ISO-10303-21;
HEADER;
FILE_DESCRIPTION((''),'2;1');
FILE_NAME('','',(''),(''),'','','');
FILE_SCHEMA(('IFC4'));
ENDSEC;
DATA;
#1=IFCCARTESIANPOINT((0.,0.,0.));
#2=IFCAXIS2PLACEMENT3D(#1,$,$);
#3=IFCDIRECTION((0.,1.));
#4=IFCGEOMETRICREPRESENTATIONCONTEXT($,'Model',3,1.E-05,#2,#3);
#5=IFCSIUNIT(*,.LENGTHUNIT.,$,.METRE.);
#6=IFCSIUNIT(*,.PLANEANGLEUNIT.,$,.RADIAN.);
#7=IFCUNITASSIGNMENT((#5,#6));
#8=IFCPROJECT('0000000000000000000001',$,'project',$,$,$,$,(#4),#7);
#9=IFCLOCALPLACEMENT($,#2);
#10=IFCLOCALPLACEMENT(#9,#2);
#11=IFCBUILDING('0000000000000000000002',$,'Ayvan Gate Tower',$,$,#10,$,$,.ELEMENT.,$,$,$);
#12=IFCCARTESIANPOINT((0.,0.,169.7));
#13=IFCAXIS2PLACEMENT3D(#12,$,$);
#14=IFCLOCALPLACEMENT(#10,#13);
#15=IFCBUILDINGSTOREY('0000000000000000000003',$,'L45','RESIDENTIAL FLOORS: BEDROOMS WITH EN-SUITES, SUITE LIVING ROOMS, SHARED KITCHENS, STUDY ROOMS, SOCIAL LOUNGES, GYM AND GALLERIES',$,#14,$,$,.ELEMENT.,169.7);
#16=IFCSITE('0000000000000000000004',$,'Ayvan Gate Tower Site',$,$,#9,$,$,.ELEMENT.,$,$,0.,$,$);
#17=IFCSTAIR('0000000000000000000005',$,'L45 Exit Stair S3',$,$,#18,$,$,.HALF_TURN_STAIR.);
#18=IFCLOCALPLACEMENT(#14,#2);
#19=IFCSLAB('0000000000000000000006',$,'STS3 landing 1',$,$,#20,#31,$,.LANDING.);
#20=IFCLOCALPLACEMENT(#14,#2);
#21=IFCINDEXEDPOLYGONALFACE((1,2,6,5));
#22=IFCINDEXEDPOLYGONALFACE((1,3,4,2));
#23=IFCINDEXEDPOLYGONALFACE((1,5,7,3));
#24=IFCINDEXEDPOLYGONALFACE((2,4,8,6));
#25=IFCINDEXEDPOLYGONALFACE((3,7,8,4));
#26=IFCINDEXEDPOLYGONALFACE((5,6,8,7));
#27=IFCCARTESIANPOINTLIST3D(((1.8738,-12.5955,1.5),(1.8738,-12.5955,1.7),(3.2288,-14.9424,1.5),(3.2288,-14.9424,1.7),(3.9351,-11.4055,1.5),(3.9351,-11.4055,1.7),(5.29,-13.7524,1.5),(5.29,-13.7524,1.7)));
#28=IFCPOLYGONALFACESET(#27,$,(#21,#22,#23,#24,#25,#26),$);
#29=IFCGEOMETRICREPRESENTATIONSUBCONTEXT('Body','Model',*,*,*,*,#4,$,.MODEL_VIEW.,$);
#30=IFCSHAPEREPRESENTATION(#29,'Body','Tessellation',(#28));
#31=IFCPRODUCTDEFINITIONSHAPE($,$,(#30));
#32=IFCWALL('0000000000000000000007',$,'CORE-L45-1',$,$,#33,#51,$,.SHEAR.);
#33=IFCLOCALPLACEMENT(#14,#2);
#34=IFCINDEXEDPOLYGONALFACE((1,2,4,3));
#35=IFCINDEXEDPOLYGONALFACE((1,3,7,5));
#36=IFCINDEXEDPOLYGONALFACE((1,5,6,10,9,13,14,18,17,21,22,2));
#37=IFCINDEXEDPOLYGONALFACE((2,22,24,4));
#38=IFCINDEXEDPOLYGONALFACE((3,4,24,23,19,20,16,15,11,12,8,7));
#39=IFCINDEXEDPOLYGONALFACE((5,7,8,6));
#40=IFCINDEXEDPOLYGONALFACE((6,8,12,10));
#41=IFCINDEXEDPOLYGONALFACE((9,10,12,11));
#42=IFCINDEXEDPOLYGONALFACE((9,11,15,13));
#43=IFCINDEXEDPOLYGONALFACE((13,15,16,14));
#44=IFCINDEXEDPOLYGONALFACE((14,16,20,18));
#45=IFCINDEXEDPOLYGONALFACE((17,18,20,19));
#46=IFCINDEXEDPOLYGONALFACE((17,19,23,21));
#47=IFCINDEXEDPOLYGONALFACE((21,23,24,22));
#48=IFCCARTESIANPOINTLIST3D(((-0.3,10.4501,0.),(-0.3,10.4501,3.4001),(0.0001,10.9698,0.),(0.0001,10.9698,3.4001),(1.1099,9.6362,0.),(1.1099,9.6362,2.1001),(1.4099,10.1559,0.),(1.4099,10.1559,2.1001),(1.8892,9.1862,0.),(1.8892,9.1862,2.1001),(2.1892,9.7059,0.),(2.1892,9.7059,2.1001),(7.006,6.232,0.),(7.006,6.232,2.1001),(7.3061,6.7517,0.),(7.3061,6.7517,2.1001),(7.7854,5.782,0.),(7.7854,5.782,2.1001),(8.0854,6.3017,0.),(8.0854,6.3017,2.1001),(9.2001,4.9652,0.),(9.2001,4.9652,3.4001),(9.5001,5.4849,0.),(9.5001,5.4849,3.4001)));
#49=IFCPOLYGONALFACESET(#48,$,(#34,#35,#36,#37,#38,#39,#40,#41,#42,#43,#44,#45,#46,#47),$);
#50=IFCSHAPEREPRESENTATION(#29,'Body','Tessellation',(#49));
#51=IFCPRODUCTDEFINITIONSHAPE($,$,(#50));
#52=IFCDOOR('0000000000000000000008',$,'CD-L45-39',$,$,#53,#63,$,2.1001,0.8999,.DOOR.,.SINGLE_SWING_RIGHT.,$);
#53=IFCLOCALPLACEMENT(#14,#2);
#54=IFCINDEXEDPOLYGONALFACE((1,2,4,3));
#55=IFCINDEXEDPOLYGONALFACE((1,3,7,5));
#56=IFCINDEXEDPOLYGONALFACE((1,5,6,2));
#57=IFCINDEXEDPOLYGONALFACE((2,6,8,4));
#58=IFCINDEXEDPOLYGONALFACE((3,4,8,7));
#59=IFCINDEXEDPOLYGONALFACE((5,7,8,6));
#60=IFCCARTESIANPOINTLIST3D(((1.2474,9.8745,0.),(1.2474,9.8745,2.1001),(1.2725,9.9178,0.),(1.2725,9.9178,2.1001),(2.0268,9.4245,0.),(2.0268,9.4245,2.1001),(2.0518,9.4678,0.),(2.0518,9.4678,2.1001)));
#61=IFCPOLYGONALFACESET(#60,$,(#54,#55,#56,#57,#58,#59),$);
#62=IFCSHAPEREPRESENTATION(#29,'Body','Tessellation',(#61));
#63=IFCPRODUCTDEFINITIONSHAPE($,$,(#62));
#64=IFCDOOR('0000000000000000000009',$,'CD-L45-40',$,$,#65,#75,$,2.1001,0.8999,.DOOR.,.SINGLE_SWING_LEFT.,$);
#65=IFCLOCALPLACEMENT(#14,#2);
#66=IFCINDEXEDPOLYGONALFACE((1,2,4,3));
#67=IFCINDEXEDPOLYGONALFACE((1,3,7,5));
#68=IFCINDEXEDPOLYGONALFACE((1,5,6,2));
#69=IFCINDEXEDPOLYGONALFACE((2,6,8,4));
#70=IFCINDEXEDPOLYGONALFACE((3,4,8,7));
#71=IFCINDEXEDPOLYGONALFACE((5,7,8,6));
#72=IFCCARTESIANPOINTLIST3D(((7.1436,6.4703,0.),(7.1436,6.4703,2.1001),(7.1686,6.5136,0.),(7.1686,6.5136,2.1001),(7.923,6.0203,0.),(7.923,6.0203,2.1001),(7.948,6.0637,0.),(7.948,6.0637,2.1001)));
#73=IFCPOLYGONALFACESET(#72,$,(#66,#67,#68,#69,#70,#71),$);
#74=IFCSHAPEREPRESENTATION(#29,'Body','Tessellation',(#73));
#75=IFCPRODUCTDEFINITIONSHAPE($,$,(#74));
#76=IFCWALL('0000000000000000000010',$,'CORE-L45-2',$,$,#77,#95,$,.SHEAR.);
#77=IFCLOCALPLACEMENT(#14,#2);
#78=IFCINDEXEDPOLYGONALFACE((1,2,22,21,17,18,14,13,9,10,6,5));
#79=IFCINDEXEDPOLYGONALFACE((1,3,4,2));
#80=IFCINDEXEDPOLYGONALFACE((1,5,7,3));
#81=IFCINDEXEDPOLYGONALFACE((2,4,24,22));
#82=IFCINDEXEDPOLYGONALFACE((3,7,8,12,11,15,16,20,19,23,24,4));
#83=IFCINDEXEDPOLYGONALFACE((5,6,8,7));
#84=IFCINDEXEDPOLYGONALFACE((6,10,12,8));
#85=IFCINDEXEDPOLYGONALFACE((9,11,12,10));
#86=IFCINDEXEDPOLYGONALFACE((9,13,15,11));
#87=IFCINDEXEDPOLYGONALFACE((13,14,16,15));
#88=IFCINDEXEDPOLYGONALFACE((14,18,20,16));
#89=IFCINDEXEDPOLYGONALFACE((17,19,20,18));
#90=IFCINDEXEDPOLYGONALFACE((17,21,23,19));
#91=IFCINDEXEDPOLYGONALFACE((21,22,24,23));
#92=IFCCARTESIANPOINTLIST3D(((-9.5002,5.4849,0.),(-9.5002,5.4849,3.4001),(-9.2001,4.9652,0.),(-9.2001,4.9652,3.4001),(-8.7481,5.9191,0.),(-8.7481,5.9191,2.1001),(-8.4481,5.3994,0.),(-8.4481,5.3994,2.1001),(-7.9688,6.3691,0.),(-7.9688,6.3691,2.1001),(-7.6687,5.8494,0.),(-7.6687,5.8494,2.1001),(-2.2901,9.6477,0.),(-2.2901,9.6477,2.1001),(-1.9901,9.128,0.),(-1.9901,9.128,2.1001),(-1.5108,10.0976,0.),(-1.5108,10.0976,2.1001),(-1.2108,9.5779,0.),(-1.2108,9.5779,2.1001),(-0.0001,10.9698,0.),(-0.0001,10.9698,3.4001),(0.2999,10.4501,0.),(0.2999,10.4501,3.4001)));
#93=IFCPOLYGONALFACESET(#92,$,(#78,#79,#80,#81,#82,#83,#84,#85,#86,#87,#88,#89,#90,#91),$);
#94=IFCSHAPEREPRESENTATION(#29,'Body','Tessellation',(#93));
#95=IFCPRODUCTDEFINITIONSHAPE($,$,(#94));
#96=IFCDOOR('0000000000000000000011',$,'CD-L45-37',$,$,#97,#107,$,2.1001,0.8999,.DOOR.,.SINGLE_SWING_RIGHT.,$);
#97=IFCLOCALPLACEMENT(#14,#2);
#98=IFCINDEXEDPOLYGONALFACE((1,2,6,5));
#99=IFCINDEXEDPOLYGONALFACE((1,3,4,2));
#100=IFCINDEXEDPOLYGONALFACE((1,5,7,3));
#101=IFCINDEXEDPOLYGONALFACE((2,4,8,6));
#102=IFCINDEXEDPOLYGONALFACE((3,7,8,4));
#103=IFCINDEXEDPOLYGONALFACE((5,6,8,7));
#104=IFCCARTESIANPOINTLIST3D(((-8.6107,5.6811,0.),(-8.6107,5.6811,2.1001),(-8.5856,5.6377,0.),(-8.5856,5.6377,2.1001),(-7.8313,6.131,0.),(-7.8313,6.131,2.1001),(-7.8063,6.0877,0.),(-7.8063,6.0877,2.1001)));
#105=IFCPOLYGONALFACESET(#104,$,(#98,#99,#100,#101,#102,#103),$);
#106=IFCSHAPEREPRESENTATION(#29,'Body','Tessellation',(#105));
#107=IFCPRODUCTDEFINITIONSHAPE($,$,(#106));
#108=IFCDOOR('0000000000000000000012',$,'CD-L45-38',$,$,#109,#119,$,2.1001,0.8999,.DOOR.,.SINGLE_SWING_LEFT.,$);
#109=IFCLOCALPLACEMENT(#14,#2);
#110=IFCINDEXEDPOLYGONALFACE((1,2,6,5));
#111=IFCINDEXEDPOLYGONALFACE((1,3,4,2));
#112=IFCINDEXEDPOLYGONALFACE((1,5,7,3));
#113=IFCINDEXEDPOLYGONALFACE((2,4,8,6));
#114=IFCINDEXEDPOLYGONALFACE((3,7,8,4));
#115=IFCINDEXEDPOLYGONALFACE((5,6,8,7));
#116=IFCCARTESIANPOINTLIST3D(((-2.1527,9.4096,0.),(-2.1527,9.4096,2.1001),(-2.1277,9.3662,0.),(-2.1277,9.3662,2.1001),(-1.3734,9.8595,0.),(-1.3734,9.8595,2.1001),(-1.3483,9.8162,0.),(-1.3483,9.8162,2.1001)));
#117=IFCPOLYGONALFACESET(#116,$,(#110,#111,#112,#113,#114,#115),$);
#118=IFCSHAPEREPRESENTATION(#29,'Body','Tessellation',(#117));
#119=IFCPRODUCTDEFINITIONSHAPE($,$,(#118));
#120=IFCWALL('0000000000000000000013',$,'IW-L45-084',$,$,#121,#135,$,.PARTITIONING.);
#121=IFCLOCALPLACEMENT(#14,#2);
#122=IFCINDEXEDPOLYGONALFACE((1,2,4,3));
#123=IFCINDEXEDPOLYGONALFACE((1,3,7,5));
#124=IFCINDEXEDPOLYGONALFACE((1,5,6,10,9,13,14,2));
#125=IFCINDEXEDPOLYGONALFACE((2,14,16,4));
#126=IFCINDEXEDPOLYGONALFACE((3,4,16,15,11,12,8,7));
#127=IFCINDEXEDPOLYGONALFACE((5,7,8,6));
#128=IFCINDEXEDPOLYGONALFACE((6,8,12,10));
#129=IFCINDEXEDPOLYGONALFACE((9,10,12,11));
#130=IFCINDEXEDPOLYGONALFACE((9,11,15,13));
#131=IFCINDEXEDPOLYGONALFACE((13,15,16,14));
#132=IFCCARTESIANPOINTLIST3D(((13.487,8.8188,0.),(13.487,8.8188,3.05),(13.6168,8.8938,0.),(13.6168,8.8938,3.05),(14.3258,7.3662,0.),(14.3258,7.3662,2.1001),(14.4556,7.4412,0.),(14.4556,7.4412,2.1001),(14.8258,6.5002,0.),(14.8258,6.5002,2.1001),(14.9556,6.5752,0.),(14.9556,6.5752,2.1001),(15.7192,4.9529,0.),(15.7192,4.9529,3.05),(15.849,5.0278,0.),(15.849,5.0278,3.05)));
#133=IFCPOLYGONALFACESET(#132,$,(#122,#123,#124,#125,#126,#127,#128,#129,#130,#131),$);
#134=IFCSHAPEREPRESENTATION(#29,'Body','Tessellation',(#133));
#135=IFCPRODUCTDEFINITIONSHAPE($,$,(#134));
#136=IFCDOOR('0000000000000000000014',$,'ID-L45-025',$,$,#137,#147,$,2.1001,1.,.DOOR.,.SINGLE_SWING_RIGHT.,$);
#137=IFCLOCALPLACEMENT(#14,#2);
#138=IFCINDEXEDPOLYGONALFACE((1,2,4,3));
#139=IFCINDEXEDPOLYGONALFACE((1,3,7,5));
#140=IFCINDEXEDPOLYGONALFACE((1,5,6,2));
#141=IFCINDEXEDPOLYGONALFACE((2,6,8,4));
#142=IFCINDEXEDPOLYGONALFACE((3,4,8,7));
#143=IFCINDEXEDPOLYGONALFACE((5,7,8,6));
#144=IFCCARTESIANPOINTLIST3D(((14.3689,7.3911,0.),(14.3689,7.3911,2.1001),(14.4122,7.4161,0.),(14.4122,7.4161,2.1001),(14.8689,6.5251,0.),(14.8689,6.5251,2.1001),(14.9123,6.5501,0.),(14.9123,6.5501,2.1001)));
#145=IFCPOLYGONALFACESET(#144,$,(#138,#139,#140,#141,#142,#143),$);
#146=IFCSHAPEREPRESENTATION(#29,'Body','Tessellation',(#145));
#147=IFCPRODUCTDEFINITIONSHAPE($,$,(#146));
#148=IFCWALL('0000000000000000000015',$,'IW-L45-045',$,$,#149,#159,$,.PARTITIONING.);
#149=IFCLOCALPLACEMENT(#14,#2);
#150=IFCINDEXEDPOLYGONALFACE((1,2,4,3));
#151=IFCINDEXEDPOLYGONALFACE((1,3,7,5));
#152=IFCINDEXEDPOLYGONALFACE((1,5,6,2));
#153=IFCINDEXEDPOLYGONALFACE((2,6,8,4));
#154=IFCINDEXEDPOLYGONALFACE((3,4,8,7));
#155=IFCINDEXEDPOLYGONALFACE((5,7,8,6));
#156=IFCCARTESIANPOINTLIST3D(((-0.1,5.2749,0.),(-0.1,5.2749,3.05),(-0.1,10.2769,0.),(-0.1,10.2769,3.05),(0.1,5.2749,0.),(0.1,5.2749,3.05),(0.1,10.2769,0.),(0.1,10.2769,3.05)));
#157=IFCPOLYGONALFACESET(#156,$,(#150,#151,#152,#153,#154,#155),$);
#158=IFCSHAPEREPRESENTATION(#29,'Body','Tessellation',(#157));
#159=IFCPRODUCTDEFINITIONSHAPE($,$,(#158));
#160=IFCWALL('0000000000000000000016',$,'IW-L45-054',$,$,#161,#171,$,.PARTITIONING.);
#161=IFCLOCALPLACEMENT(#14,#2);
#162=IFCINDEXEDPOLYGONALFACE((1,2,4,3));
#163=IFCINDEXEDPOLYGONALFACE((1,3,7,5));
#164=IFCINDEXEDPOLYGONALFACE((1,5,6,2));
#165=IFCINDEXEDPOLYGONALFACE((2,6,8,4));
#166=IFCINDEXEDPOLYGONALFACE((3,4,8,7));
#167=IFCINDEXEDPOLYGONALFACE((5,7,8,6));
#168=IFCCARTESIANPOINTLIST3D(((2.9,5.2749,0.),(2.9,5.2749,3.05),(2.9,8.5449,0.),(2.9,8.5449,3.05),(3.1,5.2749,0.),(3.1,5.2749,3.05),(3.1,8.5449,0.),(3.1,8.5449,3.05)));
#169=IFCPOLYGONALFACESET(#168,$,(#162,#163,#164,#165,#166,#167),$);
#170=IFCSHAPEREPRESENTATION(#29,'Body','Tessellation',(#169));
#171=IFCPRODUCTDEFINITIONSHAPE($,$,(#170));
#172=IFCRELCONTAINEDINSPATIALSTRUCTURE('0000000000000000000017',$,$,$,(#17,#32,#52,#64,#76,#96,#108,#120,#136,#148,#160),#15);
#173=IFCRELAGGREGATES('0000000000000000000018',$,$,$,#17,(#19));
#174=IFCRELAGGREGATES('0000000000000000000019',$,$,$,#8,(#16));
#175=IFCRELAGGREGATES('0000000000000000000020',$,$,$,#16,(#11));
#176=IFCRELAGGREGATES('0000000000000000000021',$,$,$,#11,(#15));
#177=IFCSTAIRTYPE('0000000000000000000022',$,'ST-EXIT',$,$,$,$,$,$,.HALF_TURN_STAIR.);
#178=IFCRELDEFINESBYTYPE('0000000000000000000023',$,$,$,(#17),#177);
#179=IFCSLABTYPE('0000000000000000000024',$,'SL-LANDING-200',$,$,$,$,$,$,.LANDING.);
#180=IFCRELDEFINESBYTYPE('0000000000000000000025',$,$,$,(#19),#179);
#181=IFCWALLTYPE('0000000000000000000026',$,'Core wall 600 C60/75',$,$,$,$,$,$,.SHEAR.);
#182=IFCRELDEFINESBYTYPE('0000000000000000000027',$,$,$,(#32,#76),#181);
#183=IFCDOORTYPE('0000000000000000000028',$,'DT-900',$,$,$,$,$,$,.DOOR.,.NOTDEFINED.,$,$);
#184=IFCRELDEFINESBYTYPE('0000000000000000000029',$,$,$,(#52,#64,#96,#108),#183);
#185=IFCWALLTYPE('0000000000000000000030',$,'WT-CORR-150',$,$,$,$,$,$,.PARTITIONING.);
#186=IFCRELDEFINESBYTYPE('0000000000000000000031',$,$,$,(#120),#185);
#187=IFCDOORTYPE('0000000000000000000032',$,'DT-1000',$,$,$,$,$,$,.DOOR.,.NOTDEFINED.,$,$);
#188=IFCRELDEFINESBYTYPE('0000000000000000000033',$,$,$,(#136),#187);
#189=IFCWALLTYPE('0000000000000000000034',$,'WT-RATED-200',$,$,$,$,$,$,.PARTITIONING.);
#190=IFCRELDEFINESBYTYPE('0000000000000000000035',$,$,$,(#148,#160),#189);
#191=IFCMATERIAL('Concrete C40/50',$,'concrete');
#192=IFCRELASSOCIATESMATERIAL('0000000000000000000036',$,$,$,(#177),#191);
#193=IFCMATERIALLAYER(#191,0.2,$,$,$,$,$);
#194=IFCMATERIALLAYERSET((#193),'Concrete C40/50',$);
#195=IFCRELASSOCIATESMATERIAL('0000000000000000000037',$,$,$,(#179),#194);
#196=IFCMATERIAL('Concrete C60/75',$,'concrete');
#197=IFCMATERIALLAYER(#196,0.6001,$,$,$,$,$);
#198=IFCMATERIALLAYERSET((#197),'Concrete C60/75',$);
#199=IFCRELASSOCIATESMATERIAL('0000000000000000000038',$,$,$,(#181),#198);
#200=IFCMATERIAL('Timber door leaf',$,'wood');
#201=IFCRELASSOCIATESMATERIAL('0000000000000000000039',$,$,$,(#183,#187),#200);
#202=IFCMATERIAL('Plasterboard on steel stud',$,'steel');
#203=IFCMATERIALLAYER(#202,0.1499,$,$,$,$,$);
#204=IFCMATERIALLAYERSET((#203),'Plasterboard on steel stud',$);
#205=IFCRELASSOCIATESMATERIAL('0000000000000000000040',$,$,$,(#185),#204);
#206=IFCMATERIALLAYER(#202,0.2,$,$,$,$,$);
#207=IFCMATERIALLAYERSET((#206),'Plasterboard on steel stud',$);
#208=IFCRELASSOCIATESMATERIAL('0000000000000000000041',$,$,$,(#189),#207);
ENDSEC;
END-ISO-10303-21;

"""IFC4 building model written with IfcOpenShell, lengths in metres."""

from ifc_helpers import new_model, si_unit, direction, frame, frame_2d, origin, place, context, subcontext, project, spatial, polyline, rectangle, outline, extrude, material, layer, layer_set, type_object, element, fill, aggregate, save


model = new_model("IFC4")

# Units and contexts
model_context = context("Model", 3, precision=1e-05, world=origin(), true_north=direction((0.0, 1.0)))
body_context = subcontext(model_context, "Body", "Model", "MODEL_VIEW")
ifc_project = project(units=[si_unit("LENGTHUNIT", "METRE"), si_unit("PLANEANGLEUNIT", "RADIAN")], contexts=[model_context])

# Site, building, storey
site_placement = place(None, origin())
site = spatial("IfcSite", under=ifc_project, at=site_placement, Name="Ayvan Gate Tower Site", CompositionType="ELEMENT", RefElevation=0.0)
building_placement = place(site_placement, origin())
building = spatial("IfcBuilding", under=site, at=building_placement, Name="Ayvan Gate Tower", CompositionType="ELEMENT")
storey_placement = place(building_placement, frame((0.0, 0.0, 169.7)))
storey = spatial("IfcBuildingStorey", under=building, at=storey_placement, Name="L45", Description="RESIDENTIAL FLOORS: BEDROOMS WITH EN-SUITES, SUITE LIVING ROOMS, SHARED KITCHENS, STUDY ROOMS, SOCIAL LOUNGES, GYM AND GALLERIES", CompositionType="ELEMENT", Elevation=169.7)

# Stair, slab
ifc_material_1 = material(Name="Concrete C40/50", Category="concrete")
stair_type = type_object("IfcStairType", Name="ST-EXIT", PredefinedType="HALF_TURN_STAIR", material=ifc_material_1)
stair_placement = place(storey_placement, origin())
stair = element("IfcStair", 1, at=stair_placement, inside=storey, type_object=stair_type, Name="L45 Exit Stair S3", PredefinedType="HALF_TURN_STAIR")
ifc_layer_1 = layer(ifc_material_1, 0.2)
ifc_layer_set_1 = layer_set([ifc_layer_1], Name="Concrete C40/50")
slab_type = type_object("IfcSlabType", Name="SL-LANDING-200", PredefinedType="LANDING", material=ifc_layer_set_1)
slab_placement = place(storey_placement, frame((0.0, 0.0, 1.5)))
slab = element("IfcSlab", 2, at=slab_placement, type_object=slab_type, Name="STS3 landing 1", PredefinedType="LANDING", context=body_context, shape_type="SweptSolid", body=[
    extrude(outline(polyline([(3.9351, -11.4055), (1.8738, -12.5955), (3.2288, -14.9424), (5.29, -13.7524), (3.9351, -11.4055)])), origin(), (0.0, 0.0, 1.0), 0.2),
])
aggregate(stair, [slab])

# Walls, openings, doors
ifc_material_2 = material(Name="Concrete C60/75", Category="concrete")
ifc_layer_2 = layer(ifc_material_2, 0.6001)
ifc_layer_set_2 = layer_set([ifc_layer_2], Name="Concrete C60/75")
wall_type_1 = type_object("IfcWallType", Name="Core wall 600 C60/75", PredefinedType="SHEAR", material=ifc_layer_set_2)
wall_1_placement = place(storey_placement, frame((9.3501, 5.2251, 0.0), z_axis=(0.0, 0.0, 1.0), x_axis=(-0.866024, 0.500002, 0.0)))
wall_1 = element("IfcWall", 3, at=wall_1_placement, inside=storey, type_object=wall_type_1, Name="CORE-L45-1", PredefinedType="SHEAR", context=body_context, shape_type="SweptSolid", body=[
    extrude(rectangle(XDim=10.9697, YDim=0.6001, at=frame_2d((5.4849, 0.0))), origin(), (0.0, 0.0, 1.0), 3.4001),
])
opening_1_placement = place(wall_1_placement, frame((8.4419, 0.0, 0.0)))
opening_1 = element("IfcOpeningElement", 4, at=opening_1_placement, cuts=wall_1, PredefinedType="OPENING", context=body_context, shape_type="SweptSolid", body=[
    extrude(rectangle(XDim=0.8999, YDim=2.1001, at=frame_2d((0.45, 1.05))), frame((0.0, 0.3101, 0.0), z_axis=(0.0, -1.0, 0.0), x_axis=(1.0, 0.0, 0.0)), (0.0, 0.0, 1.0), 0.6201),
])
opening_2_placement = place(wall_1_placement, frame((1.6335, 0.0, 0.0)))
opening_2 = element("IfcOpeningElement", 5, at=opening_2_placement, cuts=wall_1, PredefinedType="OPENING", context=body_context, shape_type="SweptSolid", body=[
    extrude(rectangle(XDim=0.8999, YDim=2.1001, at=frame_2d((0.45, 1.05))), frame((0.0, 0.3101, 0.0), z_axis=(0.0, -1.0, 0.0), x_axis=(1.0, 0.0, 0.0)), (0.0, 0.0, 1.0), 0.6201),
])
ifc_material_3 = material(Name="Timber door leaf", Category="wood")
door_type_1 = type_object("IfcDoorType", Name="DT-900", OperationType="NOTDEFINED", PredefinedType="DOOR", material=ifc_material_3)
door_1_placement = place(opening_1_placement, origin())
door_1 = element("IfcDoor", 6, at=door_1_placement, inside=storey, type_object=door_type_1, Name="CD-L45-39", OperationType="SINGLE_SWING_RIGHT", OverallHeight=2.1001, OverallWidth=0.8999, PredefinedType="DOOR", context=body_context, shape_type="SweptSolid", body=[
    extrude(rectangle(XDim=0.8999, YDim=2.1001, at=frame_2d((0.45, 1.05))), frame((0.0, 0.0249, 0.0), z_axis=(0.0, -1.0, 0.0), x_axis=(1.0, 0.0, 0.0)), (0.0, 0.0, 1.0), 0.05),
])
fill(opening_1, door_1)
door_2_placement = place(opening_2_placement, origin())
door_2 = element("IfcDoor", 7, at=door_2_placement, inside=storey, type_object=door_type_1, Name="CD-L45-40", OperationType="SINGLE_SWING_LEFT", OverallHeight=2.1001, OverallWidth=0.8999, PredefinedType="DOOR", context=body_context, shape_type="SweptSolid", body=[
    extrude(rectangle(XDim=0.8999, YDim=2.1001, at=frame_2d((0.45, 1.05))), frame((0.0, 0.0249, 0.0), z_axis=(0.0, -1.0, 0.0), x_axis=(1.0, 0.0, 0.0)), (0.0, 0.0, 1.0), 0.05),
])
fill(opening_2, door_2)
wall_2_placement = place(storey_placement, frame((0.1499, 10.71, 0.0), z_axis=(0.0, 0.0, 1.0), x_axis=(-0.866024, -0.500002, 0.0)))
wall_2 = element("IfcWall", 8, at=wall_2_placement, inside=storey, type_object=wall_type_1, Name="CORE-L45-2", PredefinedType="SHEAR", context=body_context, shape_type="SweptSolid", body=[
    extrude(rectangle(XDim=10.9697, YDim=0.6001, at=frame_2d((5.4849, 0.0))), origin(), (0.0, 0.0, 1.0), 3.4001),
])
opening_3_placement = place(wall_2_placement, frame((9.2014, 0.0, 0.0)))
opening_3 = element("IfcOpeningElement", 9, at=opening_3_placement, cuts=wall_2, PredefinedType="OPENING", context=body_context, shape_type="SweptSolid", body=[
    extrude(rectangle(XDim=0.8999, YDim=2.1001, at=frame_2d((0.45, 1.05))), frame((0.0, 0.3101, 0.0), z_axis=(0.0, -1.0, 0.0), x_axis=(1.0, 0.0, 0.0)), (0.0, 0.0, 1.0), 0.6201),
])
opening_4_placement = place(wall_2_placement, frame((1.7444, 0.0, 0.0)))
opening_4 = element("IfcOpeningElement", 10, at=opening_4_placement, cuts=wall_2, PredefinedType="OPENING", context=body_context, shape_type="SweptSolid", body=[
    extrude(rectangle(XDim=0.8999, YDim=2.1001, at=frame_2d((0.45, 1.05))), frame((0.0, 0.3101, 0.0), z_axis=(0.0, -1.0, 0.0), x_axis=(1.0, 0.0, 0.0)), (0.0, 0.0, 1.0), 0.6201),
])
door_3_placement = place(opening_3_placement, origin())
door_3 = element("IfcDoor", 11, at=door_3_placement, inside=storey, type_object=door_type_1, Name="CD-L45-37", OperationType="SINGLE_SWING_RIGHT", OverallHeight=2.1001, OverallWidth=0.8999, PredefinedType="DOOR", context=body_context, shape_type="SweptSolid", body=[
    extrude(rectangle(XDim=0.8999, YDim=2.1001, at=frame_2d((0.45, 1.05))), frame((0.0, 0.0249, 0.0), z_axis=(0.0, -1.0, 0.0), x_axis=(1.0, 0.0, 0.0)), (0.0, 0.0, 1.0), 0.05),
])
fill(opening_3, door_3)
door_4_placement = place(opening_4_placement, origin())
door_4 = element("IfcDoor", 12, at=door_4_placement, inside=storey, type_object=door_type_1, Name="CD-L45-38", OperationType="SINGLE_SWING_LEFT", OverallHeight=2.1001, OverallWidth=0.8999, PredefinedType="DOOR", context=body_context, shape_type="SweptSolid", body=[
    extrude(rectangle(XDim=0.8999, YDim=2.1001, at=frame_2d((0.45, 1.05))), frame((0.0, 0.0249, 0.0), z_axis=(0.0, -1.0, 0.0), x_axis=(1.0, 0.0, 0.0)), (0.0, 0.0, 1.0), 0.05),
])
fill(opening_4, door_4)

# Wall, opening, door
ifc_material_4 = material(Name="Plasterboard on steel stud", Category="steel")
ifc_layer_3 = layer(ifc_material_4, 0.1499)
ifc_layer_set_3 = layer_set([ifc_layer_3], Name="Plasterboard on steel stud")
wall_type_2 = type_object("IfcWallType", Name="WT-CORR-150", PredefinedType="PARTITIONING", material=ifc_layer_set_3)
wall_3_placement = place(storey_placement, frame((13.552, 8.8562, 0.0), z_axis=(0.0, 0.0, 1.0), x_axis=(0.500027, -0.86601, 0.0)))
wall_3 = element("IfcWall", 13, at=wall_3_placement, inside=storey, type_object=wall_type_2, Name="IW-L45-084", PredefinedType="PARTITIONING", context=body_context, shape_type="SweptSolid", body=[
    extrude(rectangle(XDim=4.4641, YDim=0.1499, at=frame_2d((2.2319, 0.0))), origin(), (0.0, 0.0, 1.0), 3.05),
])
opening_5_placement = place(wall_3_placement, frame((1.6772, 0.0, 0.0)))
opening_5 = element("IfcOpeningElement", 14, at=opening_5_placement, cuts=wall_3, PredefinedType="OPENING", context=body_context, shape_type="SweptSolid", body=[
    extrude(rectangle(XDim=1.0, YDim=2.1001, at=frame_2d((0.5, 1.05))), frame((0.0, 0.085, 0.0), z_axis=(0.0, -1.0, 0.0), x_axis=(1.0, 0.0, 0.0)), (0.0, 0.0, 1.0), 0.1699),
])
door_type_2 = type_object("IfcDoorType", Name="DT-1000", OperationType="NOTDEFINED", PredefinedType="DOOR", material=ifc_material_3)
door_5_placement = place(opening_5_placement, origin())
door_5 = element("IfcDoor", 15, at=door_5_placement, inside=storey, type_object=door_type_2, Name="ID-L45-025", OperationType="SINGLE_SWING_RIGHT", OverallHeight=2.1001, OverallWidth=1.0, PredefinedType="DOOR", context=body_context, shape_type="SweptSolid", body=[
    extrude(rectangle(XDim=1.0, YDim=2.1001, at=frame_2d((0.5, 1.05))), frame((0.0, 0.0249, 0.0), z_axis=(0.0, -1.0, 0.0), x_axis=(1.0, 0.0, 0.0)), (0.0, 0.0, 1.0), 0.05),
])
fill(opening_5, door_5)

# Walls
ifc_layer_4 = layer(ifc_material_4, 0.2)
ifc_layer_set_4 = layer_set([ifc_layer_4], Name="Plasterboard on steel stud")
wall_type_3 = type_object("IfcWallType", Name="WT-RATED-200", PredefinedType="PARTITIONING", material=ifc_layer_set_4)
wall_4_placement = place(storey_placement, frame((0.0, 10.2769, 0.0), z_axis=(0.0, 0.0, 1.0), x_axis=(0.0, -1.0, 0.0)))
element("IfcWall", 16, at=wall_4_placement, inside=storey, type_object=wall_type_3, Name="IW-L45-045", PredefinedType="PARTITIONING", context=body_context, shape_type="SweptSolid", body=[
    extrude(rectangle(XDim=5.002, YDim=0.2, at=frame_2d((2.501, 0.0))), origin(), (0.0, 0.0, 1.0), 3.05),
])
wall_5_placement = place(storey_placement, frame((3.0, 8.5449, 0.0), z_axis=(0.0, 0.0, 1.0), x_axis=(0.0, -1.0, 0.0)))
element("IfcWall", 17, at=wall_5_placement, inside=storey, type_object=wall_type_3, Name="IW-L45-054", PredefinedType="PARTITIONING", context=body_context, shape_type="SweptSolid", body=[
    extrude(rectangle(XDim=3.27, YDim=0.2, at=frame_2d((1.635, 0.0))), origin(), (0.0, 0.0, 1.0), 3.05),
])

save(model, "model.ifc")
